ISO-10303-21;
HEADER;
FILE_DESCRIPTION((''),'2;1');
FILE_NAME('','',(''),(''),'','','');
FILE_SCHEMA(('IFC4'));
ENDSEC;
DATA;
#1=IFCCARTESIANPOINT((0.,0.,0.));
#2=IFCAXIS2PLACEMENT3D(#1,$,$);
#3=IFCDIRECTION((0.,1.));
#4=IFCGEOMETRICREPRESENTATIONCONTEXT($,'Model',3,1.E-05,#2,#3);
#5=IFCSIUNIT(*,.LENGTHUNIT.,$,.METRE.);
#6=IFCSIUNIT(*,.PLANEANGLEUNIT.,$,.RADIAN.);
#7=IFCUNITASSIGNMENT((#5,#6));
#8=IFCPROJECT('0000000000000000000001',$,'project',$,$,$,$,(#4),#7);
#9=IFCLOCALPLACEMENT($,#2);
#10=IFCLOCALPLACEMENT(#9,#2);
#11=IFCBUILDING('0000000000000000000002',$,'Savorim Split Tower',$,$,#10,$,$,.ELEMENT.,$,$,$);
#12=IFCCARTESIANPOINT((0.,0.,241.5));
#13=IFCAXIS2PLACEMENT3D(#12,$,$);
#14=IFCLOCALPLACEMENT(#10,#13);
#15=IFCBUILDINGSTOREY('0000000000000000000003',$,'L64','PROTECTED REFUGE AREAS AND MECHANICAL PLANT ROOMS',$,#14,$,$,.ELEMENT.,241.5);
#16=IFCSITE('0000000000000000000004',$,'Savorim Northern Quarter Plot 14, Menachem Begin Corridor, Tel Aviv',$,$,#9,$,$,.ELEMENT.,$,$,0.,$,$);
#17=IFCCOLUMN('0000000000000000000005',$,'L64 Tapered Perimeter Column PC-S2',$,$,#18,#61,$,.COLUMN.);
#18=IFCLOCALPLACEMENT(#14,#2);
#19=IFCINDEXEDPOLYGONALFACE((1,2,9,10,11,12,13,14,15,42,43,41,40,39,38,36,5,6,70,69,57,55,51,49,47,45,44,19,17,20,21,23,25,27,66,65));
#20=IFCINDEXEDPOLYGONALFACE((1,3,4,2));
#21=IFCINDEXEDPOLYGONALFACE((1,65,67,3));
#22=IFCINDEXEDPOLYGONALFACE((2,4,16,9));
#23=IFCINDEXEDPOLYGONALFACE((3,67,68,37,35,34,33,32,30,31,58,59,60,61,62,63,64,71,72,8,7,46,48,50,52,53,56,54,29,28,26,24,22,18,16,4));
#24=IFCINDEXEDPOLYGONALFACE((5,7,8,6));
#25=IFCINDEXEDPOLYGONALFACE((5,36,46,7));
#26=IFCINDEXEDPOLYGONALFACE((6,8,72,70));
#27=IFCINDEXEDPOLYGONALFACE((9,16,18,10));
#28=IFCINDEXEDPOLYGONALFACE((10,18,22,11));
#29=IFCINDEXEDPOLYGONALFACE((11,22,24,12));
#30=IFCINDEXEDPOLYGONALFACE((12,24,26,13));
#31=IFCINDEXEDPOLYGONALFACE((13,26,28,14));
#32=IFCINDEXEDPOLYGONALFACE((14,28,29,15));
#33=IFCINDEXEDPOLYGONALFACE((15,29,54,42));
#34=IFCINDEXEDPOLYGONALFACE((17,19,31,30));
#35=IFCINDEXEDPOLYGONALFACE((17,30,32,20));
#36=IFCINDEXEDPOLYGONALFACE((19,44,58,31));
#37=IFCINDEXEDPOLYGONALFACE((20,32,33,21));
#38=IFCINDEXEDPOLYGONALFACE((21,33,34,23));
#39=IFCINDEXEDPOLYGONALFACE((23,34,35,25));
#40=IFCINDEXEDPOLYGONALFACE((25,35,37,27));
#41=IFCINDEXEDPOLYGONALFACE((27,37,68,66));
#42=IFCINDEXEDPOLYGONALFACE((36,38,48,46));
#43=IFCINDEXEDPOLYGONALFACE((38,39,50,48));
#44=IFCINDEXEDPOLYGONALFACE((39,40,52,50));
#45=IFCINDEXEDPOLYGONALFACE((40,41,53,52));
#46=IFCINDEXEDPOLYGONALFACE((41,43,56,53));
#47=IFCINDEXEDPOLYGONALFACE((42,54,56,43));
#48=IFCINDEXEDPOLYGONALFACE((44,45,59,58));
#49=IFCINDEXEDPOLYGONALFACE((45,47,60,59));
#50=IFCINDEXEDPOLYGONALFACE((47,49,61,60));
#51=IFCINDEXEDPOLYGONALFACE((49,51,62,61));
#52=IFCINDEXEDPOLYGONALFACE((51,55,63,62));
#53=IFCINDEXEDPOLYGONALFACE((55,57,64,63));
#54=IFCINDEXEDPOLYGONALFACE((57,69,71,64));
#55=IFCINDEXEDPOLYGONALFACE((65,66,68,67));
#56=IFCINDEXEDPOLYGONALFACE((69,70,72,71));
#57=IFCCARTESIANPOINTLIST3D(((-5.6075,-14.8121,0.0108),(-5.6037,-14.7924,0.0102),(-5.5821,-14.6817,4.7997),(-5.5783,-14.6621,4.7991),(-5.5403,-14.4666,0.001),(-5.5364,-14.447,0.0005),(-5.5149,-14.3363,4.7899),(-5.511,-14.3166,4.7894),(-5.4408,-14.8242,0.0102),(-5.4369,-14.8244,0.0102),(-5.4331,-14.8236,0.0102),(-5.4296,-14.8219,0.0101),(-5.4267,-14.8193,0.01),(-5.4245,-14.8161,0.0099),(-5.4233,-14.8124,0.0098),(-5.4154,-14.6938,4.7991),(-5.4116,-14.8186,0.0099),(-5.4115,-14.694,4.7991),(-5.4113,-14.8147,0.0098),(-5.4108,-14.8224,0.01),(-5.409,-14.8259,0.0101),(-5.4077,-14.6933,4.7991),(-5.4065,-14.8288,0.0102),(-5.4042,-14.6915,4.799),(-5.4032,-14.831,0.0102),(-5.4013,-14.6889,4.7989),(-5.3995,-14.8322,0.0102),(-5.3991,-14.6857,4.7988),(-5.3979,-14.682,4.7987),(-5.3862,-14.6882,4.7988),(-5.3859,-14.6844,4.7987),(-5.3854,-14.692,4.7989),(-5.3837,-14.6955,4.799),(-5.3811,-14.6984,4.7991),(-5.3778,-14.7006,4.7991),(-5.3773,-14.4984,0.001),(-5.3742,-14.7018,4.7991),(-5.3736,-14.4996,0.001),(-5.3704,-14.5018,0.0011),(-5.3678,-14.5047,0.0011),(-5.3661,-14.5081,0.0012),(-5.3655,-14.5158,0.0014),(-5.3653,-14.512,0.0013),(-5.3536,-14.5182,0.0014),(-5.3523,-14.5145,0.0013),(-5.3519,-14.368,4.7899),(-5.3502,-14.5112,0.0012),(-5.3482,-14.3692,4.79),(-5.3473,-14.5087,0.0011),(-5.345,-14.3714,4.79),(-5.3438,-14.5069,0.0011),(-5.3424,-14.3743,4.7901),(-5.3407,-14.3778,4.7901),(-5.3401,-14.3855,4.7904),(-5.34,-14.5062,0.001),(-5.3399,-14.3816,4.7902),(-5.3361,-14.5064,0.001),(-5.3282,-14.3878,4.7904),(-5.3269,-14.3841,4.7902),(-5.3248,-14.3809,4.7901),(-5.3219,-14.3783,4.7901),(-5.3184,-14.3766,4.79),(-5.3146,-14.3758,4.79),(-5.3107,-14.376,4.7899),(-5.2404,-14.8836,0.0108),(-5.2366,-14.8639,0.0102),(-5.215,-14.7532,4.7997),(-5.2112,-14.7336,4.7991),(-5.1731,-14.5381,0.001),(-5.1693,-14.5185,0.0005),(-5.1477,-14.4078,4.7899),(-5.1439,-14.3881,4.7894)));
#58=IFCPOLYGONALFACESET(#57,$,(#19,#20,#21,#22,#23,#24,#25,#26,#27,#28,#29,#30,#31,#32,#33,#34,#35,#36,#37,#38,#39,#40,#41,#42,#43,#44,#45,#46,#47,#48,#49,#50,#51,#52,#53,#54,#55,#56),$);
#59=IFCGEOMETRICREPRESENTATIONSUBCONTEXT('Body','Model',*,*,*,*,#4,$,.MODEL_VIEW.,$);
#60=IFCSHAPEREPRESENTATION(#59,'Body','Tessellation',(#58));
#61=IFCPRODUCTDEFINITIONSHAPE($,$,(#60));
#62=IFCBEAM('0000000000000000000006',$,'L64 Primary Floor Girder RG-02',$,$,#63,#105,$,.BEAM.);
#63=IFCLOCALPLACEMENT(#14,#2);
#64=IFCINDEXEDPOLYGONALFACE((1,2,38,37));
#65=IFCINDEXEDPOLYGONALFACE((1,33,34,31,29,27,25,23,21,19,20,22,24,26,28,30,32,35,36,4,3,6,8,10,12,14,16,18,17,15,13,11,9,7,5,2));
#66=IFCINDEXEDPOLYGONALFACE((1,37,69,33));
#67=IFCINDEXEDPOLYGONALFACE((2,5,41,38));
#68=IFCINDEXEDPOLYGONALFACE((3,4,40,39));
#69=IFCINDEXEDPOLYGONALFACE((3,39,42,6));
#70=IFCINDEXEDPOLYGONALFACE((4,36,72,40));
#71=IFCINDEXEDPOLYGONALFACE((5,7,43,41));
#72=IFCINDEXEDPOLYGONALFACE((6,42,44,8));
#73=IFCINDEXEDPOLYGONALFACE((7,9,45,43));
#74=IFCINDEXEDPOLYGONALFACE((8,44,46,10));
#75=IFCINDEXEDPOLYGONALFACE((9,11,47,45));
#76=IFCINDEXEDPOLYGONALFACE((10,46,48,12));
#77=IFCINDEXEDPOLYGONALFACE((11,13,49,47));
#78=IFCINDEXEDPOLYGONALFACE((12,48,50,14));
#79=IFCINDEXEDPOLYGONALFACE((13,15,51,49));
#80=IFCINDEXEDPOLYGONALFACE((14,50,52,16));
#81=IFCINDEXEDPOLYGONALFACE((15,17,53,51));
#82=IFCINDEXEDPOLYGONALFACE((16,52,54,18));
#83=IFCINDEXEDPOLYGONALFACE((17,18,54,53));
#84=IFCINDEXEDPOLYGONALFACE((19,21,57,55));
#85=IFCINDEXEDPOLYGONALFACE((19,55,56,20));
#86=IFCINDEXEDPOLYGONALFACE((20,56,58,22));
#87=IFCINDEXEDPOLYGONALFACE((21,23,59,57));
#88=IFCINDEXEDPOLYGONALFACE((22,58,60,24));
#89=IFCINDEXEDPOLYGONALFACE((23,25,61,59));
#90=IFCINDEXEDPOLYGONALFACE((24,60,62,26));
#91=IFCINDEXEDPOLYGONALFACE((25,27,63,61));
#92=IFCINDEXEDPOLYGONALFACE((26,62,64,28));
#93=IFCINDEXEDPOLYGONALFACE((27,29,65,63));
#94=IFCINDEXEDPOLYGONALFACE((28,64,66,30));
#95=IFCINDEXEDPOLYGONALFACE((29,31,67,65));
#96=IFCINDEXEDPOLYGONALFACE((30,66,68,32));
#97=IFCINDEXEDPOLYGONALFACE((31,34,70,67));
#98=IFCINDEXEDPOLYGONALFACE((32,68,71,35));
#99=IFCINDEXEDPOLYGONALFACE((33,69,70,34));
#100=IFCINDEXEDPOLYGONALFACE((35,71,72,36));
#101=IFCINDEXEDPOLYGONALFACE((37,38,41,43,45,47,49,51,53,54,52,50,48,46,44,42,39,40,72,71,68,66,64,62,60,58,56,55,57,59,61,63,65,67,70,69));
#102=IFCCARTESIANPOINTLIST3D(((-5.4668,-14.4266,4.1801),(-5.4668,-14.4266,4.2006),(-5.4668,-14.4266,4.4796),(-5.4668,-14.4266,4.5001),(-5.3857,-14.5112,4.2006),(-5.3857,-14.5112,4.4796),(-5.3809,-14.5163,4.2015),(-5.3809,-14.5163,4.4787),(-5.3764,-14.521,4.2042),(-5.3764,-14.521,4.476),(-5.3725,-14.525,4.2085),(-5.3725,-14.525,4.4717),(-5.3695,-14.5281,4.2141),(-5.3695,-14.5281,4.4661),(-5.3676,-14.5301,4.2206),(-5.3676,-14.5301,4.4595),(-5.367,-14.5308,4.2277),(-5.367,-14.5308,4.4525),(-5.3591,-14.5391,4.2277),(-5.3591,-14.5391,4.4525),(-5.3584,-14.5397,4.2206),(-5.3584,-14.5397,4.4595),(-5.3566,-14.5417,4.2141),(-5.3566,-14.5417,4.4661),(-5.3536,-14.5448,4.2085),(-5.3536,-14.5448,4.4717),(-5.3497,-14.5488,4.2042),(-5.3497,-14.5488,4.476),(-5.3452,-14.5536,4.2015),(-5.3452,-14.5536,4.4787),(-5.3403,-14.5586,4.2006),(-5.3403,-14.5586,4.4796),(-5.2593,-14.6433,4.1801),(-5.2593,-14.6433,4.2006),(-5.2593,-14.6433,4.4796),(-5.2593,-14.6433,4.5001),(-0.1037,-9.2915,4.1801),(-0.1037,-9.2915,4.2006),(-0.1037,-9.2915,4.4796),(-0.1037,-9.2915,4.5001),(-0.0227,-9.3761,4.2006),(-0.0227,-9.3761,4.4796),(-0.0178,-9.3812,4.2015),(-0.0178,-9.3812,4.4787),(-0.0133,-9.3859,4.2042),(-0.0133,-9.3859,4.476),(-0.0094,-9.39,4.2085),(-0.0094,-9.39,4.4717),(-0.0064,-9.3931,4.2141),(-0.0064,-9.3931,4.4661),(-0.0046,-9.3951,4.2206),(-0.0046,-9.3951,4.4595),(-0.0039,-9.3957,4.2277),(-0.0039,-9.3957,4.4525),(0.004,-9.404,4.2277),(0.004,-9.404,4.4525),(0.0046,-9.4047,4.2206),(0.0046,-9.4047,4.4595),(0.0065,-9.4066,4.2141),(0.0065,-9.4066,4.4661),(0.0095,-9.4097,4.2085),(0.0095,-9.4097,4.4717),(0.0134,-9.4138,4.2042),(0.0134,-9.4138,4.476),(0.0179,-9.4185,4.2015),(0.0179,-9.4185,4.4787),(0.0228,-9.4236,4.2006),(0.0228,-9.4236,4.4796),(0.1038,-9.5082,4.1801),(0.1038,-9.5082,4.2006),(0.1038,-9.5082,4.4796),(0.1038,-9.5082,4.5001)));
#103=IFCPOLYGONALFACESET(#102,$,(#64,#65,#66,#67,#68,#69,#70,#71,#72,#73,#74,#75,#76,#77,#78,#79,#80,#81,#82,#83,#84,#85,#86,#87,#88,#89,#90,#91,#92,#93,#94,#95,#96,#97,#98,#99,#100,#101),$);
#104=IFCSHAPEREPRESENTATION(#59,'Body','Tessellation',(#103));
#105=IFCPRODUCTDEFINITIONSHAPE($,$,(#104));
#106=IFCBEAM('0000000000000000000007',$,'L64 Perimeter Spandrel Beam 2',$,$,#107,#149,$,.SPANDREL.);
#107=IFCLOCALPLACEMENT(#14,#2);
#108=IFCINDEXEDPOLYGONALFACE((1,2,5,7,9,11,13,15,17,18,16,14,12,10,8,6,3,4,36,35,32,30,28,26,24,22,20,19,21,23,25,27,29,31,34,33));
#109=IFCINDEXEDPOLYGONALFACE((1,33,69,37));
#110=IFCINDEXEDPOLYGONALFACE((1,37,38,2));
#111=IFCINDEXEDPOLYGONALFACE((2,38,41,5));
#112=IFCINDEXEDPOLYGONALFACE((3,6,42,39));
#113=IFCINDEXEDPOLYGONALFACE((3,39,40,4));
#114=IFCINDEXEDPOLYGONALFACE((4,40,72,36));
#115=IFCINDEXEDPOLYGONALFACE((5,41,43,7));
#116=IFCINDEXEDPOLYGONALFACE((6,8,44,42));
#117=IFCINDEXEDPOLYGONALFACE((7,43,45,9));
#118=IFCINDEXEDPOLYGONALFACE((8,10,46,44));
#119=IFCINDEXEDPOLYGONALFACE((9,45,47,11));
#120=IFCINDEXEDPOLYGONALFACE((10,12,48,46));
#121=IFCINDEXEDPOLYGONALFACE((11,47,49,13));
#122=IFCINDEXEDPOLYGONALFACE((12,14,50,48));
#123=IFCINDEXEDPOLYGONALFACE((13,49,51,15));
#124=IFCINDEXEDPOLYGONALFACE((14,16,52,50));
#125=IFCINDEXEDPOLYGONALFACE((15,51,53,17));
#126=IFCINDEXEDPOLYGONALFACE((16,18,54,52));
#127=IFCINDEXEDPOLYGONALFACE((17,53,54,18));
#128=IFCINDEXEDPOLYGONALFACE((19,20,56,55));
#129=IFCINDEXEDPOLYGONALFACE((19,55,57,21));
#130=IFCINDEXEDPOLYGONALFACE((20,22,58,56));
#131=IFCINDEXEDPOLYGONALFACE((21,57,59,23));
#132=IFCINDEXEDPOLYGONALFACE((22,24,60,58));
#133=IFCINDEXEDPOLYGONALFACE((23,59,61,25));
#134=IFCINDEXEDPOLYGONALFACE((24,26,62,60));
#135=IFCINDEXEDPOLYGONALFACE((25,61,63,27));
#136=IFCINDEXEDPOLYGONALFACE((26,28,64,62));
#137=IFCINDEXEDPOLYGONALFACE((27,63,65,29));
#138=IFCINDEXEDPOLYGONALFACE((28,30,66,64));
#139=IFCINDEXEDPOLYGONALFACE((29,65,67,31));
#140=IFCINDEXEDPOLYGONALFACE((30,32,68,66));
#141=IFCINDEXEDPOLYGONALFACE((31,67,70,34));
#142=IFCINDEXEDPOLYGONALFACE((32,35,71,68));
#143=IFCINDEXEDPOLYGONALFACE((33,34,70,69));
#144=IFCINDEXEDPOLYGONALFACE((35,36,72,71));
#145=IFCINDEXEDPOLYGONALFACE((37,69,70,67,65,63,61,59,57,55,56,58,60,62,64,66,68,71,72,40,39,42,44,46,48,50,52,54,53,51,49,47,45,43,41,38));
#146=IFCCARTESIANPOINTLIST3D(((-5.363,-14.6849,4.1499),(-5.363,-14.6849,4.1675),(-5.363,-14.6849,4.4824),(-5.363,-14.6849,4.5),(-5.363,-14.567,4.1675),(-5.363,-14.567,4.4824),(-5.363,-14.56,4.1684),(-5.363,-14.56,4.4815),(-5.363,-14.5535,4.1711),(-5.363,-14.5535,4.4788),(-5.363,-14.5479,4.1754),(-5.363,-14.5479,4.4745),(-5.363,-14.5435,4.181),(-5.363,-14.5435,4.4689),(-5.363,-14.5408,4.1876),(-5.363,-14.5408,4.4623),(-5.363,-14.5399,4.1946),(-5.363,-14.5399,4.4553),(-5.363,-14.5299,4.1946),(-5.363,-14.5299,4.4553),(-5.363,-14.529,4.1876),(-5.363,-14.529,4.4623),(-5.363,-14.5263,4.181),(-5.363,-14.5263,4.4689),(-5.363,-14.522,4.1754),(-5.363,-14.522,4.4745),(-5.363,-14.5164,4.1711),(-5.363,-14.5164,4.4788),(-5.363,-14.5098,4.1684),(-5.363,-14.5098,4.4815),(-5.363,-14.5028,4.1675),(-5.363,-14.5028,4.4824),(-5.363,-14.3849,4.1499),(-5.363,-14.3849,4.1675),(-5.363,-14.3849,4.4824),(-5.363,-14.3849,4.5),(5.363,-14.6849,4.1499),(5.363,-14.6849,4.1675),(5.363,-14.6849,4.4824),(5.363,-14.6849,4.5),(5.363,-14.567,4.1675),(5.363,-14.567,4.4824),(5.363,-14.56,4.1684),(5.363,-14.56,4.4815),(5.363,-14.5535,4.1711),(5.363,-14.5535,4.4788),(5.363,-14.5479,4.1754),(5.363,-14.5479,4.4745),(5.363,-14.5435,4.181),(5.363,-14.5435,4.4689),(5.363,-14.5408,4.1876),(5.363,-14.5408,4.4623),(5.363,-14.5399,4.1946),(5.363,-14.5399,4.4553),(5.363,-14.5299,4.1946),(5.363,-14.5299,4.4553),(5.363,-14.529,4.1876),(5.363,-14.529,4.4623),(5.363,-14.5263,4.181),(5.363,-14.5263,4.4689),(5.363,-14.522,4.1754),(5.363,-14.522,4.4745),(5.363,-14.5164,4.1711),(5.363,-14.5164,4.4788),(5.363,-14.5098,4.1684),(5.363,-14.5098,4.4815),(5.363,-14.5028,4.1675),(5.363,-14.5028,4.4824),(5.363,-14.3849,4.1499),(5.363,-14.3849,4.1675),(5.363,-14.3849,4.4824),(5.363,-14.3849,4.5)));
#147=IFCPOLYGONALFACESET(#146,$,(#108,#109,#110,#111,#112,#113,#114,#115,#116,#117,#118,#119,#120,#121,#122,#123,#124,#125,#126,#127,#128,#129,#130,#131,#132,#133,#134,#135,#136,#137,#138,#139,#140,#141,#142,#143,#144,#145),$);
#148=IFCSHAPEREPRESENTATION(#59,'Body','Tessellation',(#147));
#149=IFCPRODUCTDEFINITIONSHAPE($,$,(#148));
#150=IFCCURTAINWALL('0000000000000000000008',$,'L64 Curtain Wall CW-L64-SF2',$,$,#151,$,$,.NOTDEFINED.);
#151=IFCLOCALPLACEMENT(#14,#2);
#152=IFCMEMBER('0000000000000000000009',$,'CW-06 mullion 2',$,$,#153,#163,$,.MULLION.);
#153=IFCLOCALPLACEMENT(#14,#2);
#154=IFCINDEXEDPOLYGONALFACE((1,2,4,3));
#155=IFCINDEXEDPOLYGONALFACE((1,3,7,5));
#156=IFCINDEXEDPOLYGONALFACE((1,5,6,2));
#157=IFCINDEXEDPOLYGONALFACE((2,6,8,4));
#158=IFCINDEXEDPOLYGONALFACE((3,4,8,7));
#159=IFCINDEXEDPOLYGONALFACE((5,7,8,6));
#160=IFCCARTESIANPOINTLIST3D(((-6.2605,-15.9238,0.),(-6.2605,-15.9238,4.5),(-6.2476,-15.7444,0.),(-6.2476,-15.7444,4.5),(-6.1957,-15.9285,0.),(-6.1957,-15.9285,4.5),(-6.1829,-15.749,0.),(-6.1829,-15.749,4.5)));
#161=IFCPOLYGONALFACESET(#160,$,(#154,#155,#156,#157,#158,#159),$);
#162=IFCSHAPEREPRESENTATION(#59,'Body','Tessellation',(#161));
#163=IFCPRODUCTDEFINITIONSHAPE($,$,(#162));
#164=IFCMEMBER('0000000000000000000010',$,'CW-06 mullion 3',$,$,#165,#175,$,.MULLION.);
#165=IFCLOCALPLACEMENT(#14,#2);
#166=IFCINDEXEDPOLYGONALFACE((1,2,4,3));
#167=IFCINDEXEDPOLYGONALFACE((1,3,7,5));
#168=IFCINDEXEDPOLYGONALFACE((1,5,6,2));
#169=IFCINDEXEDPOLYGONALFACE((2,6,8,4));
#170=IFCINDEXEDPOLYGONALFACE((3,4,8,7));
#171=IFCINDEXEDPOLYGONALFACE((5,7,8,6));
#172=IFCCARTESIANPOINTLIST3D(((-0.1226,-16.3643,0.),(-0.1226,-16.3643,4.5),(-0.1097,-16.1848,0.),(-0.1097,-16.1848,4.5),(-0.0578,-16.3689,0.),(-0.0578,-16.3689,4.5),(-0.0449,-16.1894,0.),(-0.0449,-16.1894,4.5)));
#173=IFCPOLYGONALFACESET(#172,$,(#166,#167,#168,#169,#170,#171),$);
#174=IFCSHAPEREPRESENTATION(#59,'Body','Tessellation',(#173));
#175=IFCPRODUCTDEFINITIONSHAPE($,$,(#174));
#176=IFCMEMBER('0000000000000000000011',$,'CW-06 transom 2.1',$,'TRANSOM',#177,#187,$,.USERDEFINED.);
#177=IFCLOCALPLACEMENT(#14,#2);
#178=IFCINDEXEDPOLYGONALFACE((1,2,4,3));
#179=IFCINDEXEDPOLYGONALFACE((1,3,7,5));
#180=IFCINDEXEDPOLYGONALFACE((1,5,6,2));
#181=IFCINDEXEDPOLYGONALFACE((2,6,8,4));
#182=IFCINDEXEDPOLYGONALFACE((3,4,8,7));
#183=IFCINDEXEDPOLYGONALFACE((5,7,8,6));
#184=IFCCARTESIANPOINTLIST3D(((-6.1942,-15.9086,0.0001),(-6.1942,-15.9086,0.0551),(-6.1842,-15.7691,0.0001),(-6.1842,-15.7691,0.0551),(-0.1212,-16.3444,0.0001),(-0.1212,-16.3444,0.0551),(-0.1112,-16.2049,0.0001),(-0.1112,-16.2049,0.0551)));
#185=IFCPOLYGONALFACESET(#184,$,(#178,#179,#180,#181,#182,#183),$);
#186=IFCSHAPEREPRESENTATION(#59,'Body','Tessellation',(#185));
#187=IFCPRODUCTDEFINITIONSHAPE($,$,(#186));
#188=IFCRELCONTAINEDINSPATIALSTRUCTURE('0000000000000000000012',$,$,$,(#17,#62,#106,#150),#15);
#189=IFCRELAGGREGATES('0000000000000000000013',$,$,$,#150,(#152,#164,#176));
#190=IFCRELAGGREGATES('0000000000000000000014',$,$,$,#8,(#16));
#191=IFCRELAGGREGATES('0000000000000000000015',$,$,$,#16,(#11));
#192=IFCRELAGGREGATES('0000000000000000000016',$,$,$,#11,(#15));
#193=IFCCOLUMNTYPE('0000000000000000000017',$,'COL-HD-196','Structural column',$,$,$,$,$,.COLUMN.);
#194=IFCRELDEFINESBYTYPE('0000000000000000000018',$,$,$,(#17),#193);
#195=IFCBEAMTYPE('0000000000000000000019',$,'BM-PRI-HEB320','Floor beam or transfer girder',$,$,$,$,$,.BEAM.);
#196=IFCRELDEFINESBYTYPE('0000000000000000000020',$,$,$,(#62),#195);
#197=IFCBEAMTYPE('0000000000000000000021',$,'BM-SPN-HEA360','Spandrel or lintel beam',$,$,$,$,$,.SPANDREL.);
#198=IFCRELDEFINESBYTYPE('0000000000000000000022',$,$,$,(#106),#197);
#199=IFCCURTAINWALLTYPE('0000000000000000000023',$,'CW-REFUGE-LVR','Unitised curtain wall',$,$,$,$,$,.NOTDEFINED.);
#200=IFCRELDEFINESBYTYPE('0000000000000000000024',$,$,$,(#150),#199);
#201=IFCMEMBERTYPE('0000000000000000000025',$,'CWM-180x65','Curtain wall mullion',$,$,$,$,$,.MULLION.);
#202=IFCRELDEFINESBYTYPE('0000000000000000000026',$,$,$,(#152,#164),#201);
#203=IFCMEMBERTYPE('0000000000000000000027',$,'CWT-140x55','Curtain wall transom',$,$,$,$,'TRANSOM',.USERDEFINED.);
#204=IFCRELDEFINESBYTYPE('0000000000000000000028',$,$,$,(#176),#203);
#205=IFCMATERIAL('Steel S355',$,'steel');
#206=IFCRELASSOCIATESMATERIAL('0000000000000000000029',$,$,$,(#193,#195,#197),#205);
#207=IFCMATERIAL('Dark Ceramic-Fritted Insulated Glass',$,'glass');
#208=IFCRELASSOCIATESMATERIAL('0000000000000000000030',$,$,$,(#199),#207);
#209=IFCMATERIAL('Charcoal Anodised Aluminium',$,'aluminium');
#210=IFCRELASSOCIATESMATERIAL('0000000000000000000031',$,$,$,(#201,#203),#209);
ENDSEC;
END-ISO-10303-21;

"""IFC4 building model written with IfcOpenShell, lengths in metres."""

from ifc_helpers import new_model, si_unit, direction, frame, origin, origin_2d, place, context, subcontext, project, spatial, rectangle, i_section, extrude, material, material_profile, profile_set, type_object, element, aggregate, save


model = new_model("IFC4")

# Units and contexts
model_context = context("Model", 3, precision=1e-05, world=origin(), true_north=direction((0.0, 1.0)))
body_context = subcontext(model_context, "Body", "Model", "MODEL_VIEW")
ifc_project = project(units=[si_unit("LENGTHUNIT", "METRE"), si_unit("PLANEANGLEUNIT", "RADIAN")], contexts=[model_context])

# Site, building, storey
site_placement = place(None, origin())
site = spatial("IfcSite", under=ifc_project, at=site_placement, Name="Savorim Northern Quarter Plot 14, Menachem Begin Corridor, Tel Aviv", CompositionType="ELEMENT", RefElevation=0.0)
building_placement = place(site_placement, origin())
building = spatial("IfcBuilding", under=site, at=building_placement, Name="Savorim Split Tower", CompositionType="ELEMENT")
storey_placement = place(building_placement, frame((0.0, 0.0, 241.5)))
storey = spatial("IfcBuildingStorey", under=building, at=storey_placement, Name="L64", Description="PROTECTED REFUGE AREAS AND MECHANICAL PLANT ROOMS", CompositionType="ELEMENT", Elevation=241.5)

# Column
ifc_material_1 = material(Name="Steel S355", Category="steel")
ifc_material_profile_1 = material_profile(ifc_material_1, i_section(OverallWidth=0.374, OverallDepth=0.3721, WebThickness=0.0122, FlangeThickness=0.02, FilletRadius=0.0149, at=origin_2d()), Name="HD 360x196")
ifc_profile_set_1 = profile_set([ifc_material_profile_1], Name="Steel S355")
column_type = type_object("IfcColumnType", Name="COL-HD-196", Description="Structural column", PredefinedType="COLUMN", material=ifc_profile_set_1)
column_placement = place(storey_placement, frame((-5.3884, -14.6653, 0.0056), z_axis=(0.0053, 0.027214, 0.999616), x_axis=(-0.981558, 0.191165, 0.0)))
element("IfcColumn", 1, at=column_placement, inside=storey, type_object=column_type, Name="L64 Tapered Perimeter Column PC-S2", PredefinedType="COLUMN", context=body_context, shape_type="SweptSolid", body=[
    extrude(i_section(OverallWidth=0.374, OverallDepth=0.3721, WebThickness=0.0122, FlangeThickness=0.02, FilletRadius=0.0149, at=origin_2d()), origin(), (0.0, 0.0, 1.0), 4.7908),
])

# Beams
ifc_material_profile_2 = material_profile(ifc_material_1, i_section(OverallWidth=0.3, OverallDepth=0.3201, WebThickness=0.0115, FlangeThickness=0.0205, FilletRadius=0.0271, at=origin_2d()), Name="HEB 320")
ifc_profile_set_2 = profile_set([ifc_material_profile_2], Name="Steel S355")
beam_type_1 = type_object("IfcBeamType", Name="BM-PRI-HEB320", Description="Floor beam or transfer girder", PredefinedType="BEAM", material=ifc_profile_set_2)
beam_1_placement = place(storey_placement, frame((-5.363, -14.5349, 4.3401), z_axis=(0.722295, 0.691585, 0.0), x_axis=(-0.691585, 0.722295, 0.0)))
element("IfcBeam", 2, at=beam_1_placement, inside=storey, type_object=beam_type_1, Name="L64 Primary Floor Girder RG-02", PredefinedType="BEAM", context=body_context, shape_type="SweptSolid", body=[
    extrude(i_section(OverallWidth=0.3, OverallDepth=0.3201, WebThickness=0.0115, FlangeThickness=0.0205, FilletRadius=0.0271, at=origin_2d()), origin(), (0.0, 0.0, 1.0), 7.425),
])
ifc_material_profile_3 = material_profile(ifc_material_1, i_section(OverallWidth=0.3, OverallDepth=0.3501, WebThickness=0.01, FlangeThickness=0.0176, FilletRadius=0.0271, at=origin_2d()), Name="HEA 360")
ifc_profile_set_3 = profile_set([ifc_material_profile_3], Name="Steel S355")
beam_type_2 = type_object("IfcBeamType", Name="BM-SPN-HEA360", Description="Spandrel or lintel beam", PredefinedType="SPANDREL", material=ifc_profile_set_3)
beam_2_placement = place(storey_placement, frame((-5.363, -14.5349, 4.325), z_axis=(1.0, 0.0, 0.0), x_axis=(0.0, 1.0, 0.0)))
element("IfcBeam", 3, at=beam_2_placement, inside=storey, type_object=beam_type_2, Name="L64 Perimeter Spandrel Beam 2", PredefinedType="SPANDREL", context=body_context, shape_type="SweptSolid", body=[
    extrude(i_section(OverallWidth=0.3, OverallDepth=0.3501, WebThickness=0.01, FlangeThickness=0.0176, FilletRadius=0.0271, at=origin_2d()), origin(), (0.0, 0.0, 1.0), 10.7261),
])

# Curtain wall, members
ifc_material_2 = material(Name="Dark Ceramic-Fritted Insulated Glass", Category="glass")
curtain_wall_type = type_object("IfcCurtainWallType", Name="CW-REFUGE-LVR", Description="Unitised curtain wall", PredefinedType="NOTDEFINED", material=ifc_material_2)
curtain_wall_placement = place(storey_placement, origin())
curtain_wall = element("IfcCurtainWall", 4, at=curtain_wall_placement, inside=storey, type_object=curtain_wall_type, Name="L64 Curtain Wall CW-L64-SF2", PredefinedType="NOTDEFINED")
ifc_material_3 = material(Name="Charcoal Anodised Aluminium", Category="aluminium")
ifc_material_profile_4 = material_profile(ifc_material_3, rectangle(XDim=0.1799, YDim=0.0649, at=origin_2d()), Name="ALU-M 180x65")
ifc_profile_set_4 = profile_set([ifc_material_profile_4], Name="Charcoal Anodised Aluminium")
member_type_1 = type_object("IfcMemberType", Name="CWM-180x65", Description="Curtain wall mullion", PredefinedType="MULLION", material=ifc_profile_set_4)
member_1_placement = place(storey_placement, frame((-6.2217, -15.8364, 0.0), z_axis=(0.0, 0.0, 1.0), x_axis=(0.071562, 0.997436, 0.0)))
member_1 = element("IfcMember", 5, at=member_1_placement, type_object=member_type_1, Name="CW-06 mullion 2", PredefinedType="MULLION", context=body_context, shape_type="SweptSolid", body=[
    extrude(rectangle(XDim=0.1799, YDim=0.0649, at=origin_2d()), origin(), (0.0, 0.0, 1.0), 4.5),
])
member_2_placement = place(storey_placement, frame((-0.0837, -16.2769, 0.0), z_axis=(0.0, 0.0, 1.0), x_axis=(0.071562, 0.997436, 0.0)))
member_2 = element("IfcMember", 6, at=member_2_placement, type_object=member_type_1, Name="CW-06 mullion 3", PredefinedType="MULLION", context=body_context, shape_type="SweptSolid", body=[
    extrude(rectangle(XDim=0.1799, YDim=0.0649, at=origin_2d()), origin(), (0.0, 0.0, 1.0), 4.5),
])
ifc_material_profile_5 = material_profile(ifc_material_3, rectangle(XDim=0.1399, YDim=0.0549, at=origin_2d()), Name="ALU-T 140x55")
ifc_profile_set_5 = profile_set([ifc_material_profile_5], Name="Charcoal Anodised Aluminium")
member_type_2 = type_object("IfcMemberType", Name="CWT-140x55", Description="Curtain wall transom", ElementType="TRANSOM", PredefinedType="USERDEFINED", material=ifc_profile_set_5)
member_3_placement = place(storey_placement, frame((-6.1892, -15.8389, 0.0276), z_axis=(0.997435, -0.071575, 0.0), x_axis=(0.071575, 0.997435, 0.0)))
member_3 = element("IfcMember", 7, at=member_3_placement, type_object=member_type_2, Name="CW-06 transom 2.1", ObjectType="TRANSOM", PredefinedType="USERDEFINED", context=body_context, shape_type="SweptSolid", body=[
    extrude(rectangle(XDim=0.1399, YDim=0.0549, at=origin_2d()), origin(), (0.0, 0.0, 1.0), 6.0886),
])

aggregate(curtain_wall, [member_1, member_2, member_3])

save(model, "model.ifc")
